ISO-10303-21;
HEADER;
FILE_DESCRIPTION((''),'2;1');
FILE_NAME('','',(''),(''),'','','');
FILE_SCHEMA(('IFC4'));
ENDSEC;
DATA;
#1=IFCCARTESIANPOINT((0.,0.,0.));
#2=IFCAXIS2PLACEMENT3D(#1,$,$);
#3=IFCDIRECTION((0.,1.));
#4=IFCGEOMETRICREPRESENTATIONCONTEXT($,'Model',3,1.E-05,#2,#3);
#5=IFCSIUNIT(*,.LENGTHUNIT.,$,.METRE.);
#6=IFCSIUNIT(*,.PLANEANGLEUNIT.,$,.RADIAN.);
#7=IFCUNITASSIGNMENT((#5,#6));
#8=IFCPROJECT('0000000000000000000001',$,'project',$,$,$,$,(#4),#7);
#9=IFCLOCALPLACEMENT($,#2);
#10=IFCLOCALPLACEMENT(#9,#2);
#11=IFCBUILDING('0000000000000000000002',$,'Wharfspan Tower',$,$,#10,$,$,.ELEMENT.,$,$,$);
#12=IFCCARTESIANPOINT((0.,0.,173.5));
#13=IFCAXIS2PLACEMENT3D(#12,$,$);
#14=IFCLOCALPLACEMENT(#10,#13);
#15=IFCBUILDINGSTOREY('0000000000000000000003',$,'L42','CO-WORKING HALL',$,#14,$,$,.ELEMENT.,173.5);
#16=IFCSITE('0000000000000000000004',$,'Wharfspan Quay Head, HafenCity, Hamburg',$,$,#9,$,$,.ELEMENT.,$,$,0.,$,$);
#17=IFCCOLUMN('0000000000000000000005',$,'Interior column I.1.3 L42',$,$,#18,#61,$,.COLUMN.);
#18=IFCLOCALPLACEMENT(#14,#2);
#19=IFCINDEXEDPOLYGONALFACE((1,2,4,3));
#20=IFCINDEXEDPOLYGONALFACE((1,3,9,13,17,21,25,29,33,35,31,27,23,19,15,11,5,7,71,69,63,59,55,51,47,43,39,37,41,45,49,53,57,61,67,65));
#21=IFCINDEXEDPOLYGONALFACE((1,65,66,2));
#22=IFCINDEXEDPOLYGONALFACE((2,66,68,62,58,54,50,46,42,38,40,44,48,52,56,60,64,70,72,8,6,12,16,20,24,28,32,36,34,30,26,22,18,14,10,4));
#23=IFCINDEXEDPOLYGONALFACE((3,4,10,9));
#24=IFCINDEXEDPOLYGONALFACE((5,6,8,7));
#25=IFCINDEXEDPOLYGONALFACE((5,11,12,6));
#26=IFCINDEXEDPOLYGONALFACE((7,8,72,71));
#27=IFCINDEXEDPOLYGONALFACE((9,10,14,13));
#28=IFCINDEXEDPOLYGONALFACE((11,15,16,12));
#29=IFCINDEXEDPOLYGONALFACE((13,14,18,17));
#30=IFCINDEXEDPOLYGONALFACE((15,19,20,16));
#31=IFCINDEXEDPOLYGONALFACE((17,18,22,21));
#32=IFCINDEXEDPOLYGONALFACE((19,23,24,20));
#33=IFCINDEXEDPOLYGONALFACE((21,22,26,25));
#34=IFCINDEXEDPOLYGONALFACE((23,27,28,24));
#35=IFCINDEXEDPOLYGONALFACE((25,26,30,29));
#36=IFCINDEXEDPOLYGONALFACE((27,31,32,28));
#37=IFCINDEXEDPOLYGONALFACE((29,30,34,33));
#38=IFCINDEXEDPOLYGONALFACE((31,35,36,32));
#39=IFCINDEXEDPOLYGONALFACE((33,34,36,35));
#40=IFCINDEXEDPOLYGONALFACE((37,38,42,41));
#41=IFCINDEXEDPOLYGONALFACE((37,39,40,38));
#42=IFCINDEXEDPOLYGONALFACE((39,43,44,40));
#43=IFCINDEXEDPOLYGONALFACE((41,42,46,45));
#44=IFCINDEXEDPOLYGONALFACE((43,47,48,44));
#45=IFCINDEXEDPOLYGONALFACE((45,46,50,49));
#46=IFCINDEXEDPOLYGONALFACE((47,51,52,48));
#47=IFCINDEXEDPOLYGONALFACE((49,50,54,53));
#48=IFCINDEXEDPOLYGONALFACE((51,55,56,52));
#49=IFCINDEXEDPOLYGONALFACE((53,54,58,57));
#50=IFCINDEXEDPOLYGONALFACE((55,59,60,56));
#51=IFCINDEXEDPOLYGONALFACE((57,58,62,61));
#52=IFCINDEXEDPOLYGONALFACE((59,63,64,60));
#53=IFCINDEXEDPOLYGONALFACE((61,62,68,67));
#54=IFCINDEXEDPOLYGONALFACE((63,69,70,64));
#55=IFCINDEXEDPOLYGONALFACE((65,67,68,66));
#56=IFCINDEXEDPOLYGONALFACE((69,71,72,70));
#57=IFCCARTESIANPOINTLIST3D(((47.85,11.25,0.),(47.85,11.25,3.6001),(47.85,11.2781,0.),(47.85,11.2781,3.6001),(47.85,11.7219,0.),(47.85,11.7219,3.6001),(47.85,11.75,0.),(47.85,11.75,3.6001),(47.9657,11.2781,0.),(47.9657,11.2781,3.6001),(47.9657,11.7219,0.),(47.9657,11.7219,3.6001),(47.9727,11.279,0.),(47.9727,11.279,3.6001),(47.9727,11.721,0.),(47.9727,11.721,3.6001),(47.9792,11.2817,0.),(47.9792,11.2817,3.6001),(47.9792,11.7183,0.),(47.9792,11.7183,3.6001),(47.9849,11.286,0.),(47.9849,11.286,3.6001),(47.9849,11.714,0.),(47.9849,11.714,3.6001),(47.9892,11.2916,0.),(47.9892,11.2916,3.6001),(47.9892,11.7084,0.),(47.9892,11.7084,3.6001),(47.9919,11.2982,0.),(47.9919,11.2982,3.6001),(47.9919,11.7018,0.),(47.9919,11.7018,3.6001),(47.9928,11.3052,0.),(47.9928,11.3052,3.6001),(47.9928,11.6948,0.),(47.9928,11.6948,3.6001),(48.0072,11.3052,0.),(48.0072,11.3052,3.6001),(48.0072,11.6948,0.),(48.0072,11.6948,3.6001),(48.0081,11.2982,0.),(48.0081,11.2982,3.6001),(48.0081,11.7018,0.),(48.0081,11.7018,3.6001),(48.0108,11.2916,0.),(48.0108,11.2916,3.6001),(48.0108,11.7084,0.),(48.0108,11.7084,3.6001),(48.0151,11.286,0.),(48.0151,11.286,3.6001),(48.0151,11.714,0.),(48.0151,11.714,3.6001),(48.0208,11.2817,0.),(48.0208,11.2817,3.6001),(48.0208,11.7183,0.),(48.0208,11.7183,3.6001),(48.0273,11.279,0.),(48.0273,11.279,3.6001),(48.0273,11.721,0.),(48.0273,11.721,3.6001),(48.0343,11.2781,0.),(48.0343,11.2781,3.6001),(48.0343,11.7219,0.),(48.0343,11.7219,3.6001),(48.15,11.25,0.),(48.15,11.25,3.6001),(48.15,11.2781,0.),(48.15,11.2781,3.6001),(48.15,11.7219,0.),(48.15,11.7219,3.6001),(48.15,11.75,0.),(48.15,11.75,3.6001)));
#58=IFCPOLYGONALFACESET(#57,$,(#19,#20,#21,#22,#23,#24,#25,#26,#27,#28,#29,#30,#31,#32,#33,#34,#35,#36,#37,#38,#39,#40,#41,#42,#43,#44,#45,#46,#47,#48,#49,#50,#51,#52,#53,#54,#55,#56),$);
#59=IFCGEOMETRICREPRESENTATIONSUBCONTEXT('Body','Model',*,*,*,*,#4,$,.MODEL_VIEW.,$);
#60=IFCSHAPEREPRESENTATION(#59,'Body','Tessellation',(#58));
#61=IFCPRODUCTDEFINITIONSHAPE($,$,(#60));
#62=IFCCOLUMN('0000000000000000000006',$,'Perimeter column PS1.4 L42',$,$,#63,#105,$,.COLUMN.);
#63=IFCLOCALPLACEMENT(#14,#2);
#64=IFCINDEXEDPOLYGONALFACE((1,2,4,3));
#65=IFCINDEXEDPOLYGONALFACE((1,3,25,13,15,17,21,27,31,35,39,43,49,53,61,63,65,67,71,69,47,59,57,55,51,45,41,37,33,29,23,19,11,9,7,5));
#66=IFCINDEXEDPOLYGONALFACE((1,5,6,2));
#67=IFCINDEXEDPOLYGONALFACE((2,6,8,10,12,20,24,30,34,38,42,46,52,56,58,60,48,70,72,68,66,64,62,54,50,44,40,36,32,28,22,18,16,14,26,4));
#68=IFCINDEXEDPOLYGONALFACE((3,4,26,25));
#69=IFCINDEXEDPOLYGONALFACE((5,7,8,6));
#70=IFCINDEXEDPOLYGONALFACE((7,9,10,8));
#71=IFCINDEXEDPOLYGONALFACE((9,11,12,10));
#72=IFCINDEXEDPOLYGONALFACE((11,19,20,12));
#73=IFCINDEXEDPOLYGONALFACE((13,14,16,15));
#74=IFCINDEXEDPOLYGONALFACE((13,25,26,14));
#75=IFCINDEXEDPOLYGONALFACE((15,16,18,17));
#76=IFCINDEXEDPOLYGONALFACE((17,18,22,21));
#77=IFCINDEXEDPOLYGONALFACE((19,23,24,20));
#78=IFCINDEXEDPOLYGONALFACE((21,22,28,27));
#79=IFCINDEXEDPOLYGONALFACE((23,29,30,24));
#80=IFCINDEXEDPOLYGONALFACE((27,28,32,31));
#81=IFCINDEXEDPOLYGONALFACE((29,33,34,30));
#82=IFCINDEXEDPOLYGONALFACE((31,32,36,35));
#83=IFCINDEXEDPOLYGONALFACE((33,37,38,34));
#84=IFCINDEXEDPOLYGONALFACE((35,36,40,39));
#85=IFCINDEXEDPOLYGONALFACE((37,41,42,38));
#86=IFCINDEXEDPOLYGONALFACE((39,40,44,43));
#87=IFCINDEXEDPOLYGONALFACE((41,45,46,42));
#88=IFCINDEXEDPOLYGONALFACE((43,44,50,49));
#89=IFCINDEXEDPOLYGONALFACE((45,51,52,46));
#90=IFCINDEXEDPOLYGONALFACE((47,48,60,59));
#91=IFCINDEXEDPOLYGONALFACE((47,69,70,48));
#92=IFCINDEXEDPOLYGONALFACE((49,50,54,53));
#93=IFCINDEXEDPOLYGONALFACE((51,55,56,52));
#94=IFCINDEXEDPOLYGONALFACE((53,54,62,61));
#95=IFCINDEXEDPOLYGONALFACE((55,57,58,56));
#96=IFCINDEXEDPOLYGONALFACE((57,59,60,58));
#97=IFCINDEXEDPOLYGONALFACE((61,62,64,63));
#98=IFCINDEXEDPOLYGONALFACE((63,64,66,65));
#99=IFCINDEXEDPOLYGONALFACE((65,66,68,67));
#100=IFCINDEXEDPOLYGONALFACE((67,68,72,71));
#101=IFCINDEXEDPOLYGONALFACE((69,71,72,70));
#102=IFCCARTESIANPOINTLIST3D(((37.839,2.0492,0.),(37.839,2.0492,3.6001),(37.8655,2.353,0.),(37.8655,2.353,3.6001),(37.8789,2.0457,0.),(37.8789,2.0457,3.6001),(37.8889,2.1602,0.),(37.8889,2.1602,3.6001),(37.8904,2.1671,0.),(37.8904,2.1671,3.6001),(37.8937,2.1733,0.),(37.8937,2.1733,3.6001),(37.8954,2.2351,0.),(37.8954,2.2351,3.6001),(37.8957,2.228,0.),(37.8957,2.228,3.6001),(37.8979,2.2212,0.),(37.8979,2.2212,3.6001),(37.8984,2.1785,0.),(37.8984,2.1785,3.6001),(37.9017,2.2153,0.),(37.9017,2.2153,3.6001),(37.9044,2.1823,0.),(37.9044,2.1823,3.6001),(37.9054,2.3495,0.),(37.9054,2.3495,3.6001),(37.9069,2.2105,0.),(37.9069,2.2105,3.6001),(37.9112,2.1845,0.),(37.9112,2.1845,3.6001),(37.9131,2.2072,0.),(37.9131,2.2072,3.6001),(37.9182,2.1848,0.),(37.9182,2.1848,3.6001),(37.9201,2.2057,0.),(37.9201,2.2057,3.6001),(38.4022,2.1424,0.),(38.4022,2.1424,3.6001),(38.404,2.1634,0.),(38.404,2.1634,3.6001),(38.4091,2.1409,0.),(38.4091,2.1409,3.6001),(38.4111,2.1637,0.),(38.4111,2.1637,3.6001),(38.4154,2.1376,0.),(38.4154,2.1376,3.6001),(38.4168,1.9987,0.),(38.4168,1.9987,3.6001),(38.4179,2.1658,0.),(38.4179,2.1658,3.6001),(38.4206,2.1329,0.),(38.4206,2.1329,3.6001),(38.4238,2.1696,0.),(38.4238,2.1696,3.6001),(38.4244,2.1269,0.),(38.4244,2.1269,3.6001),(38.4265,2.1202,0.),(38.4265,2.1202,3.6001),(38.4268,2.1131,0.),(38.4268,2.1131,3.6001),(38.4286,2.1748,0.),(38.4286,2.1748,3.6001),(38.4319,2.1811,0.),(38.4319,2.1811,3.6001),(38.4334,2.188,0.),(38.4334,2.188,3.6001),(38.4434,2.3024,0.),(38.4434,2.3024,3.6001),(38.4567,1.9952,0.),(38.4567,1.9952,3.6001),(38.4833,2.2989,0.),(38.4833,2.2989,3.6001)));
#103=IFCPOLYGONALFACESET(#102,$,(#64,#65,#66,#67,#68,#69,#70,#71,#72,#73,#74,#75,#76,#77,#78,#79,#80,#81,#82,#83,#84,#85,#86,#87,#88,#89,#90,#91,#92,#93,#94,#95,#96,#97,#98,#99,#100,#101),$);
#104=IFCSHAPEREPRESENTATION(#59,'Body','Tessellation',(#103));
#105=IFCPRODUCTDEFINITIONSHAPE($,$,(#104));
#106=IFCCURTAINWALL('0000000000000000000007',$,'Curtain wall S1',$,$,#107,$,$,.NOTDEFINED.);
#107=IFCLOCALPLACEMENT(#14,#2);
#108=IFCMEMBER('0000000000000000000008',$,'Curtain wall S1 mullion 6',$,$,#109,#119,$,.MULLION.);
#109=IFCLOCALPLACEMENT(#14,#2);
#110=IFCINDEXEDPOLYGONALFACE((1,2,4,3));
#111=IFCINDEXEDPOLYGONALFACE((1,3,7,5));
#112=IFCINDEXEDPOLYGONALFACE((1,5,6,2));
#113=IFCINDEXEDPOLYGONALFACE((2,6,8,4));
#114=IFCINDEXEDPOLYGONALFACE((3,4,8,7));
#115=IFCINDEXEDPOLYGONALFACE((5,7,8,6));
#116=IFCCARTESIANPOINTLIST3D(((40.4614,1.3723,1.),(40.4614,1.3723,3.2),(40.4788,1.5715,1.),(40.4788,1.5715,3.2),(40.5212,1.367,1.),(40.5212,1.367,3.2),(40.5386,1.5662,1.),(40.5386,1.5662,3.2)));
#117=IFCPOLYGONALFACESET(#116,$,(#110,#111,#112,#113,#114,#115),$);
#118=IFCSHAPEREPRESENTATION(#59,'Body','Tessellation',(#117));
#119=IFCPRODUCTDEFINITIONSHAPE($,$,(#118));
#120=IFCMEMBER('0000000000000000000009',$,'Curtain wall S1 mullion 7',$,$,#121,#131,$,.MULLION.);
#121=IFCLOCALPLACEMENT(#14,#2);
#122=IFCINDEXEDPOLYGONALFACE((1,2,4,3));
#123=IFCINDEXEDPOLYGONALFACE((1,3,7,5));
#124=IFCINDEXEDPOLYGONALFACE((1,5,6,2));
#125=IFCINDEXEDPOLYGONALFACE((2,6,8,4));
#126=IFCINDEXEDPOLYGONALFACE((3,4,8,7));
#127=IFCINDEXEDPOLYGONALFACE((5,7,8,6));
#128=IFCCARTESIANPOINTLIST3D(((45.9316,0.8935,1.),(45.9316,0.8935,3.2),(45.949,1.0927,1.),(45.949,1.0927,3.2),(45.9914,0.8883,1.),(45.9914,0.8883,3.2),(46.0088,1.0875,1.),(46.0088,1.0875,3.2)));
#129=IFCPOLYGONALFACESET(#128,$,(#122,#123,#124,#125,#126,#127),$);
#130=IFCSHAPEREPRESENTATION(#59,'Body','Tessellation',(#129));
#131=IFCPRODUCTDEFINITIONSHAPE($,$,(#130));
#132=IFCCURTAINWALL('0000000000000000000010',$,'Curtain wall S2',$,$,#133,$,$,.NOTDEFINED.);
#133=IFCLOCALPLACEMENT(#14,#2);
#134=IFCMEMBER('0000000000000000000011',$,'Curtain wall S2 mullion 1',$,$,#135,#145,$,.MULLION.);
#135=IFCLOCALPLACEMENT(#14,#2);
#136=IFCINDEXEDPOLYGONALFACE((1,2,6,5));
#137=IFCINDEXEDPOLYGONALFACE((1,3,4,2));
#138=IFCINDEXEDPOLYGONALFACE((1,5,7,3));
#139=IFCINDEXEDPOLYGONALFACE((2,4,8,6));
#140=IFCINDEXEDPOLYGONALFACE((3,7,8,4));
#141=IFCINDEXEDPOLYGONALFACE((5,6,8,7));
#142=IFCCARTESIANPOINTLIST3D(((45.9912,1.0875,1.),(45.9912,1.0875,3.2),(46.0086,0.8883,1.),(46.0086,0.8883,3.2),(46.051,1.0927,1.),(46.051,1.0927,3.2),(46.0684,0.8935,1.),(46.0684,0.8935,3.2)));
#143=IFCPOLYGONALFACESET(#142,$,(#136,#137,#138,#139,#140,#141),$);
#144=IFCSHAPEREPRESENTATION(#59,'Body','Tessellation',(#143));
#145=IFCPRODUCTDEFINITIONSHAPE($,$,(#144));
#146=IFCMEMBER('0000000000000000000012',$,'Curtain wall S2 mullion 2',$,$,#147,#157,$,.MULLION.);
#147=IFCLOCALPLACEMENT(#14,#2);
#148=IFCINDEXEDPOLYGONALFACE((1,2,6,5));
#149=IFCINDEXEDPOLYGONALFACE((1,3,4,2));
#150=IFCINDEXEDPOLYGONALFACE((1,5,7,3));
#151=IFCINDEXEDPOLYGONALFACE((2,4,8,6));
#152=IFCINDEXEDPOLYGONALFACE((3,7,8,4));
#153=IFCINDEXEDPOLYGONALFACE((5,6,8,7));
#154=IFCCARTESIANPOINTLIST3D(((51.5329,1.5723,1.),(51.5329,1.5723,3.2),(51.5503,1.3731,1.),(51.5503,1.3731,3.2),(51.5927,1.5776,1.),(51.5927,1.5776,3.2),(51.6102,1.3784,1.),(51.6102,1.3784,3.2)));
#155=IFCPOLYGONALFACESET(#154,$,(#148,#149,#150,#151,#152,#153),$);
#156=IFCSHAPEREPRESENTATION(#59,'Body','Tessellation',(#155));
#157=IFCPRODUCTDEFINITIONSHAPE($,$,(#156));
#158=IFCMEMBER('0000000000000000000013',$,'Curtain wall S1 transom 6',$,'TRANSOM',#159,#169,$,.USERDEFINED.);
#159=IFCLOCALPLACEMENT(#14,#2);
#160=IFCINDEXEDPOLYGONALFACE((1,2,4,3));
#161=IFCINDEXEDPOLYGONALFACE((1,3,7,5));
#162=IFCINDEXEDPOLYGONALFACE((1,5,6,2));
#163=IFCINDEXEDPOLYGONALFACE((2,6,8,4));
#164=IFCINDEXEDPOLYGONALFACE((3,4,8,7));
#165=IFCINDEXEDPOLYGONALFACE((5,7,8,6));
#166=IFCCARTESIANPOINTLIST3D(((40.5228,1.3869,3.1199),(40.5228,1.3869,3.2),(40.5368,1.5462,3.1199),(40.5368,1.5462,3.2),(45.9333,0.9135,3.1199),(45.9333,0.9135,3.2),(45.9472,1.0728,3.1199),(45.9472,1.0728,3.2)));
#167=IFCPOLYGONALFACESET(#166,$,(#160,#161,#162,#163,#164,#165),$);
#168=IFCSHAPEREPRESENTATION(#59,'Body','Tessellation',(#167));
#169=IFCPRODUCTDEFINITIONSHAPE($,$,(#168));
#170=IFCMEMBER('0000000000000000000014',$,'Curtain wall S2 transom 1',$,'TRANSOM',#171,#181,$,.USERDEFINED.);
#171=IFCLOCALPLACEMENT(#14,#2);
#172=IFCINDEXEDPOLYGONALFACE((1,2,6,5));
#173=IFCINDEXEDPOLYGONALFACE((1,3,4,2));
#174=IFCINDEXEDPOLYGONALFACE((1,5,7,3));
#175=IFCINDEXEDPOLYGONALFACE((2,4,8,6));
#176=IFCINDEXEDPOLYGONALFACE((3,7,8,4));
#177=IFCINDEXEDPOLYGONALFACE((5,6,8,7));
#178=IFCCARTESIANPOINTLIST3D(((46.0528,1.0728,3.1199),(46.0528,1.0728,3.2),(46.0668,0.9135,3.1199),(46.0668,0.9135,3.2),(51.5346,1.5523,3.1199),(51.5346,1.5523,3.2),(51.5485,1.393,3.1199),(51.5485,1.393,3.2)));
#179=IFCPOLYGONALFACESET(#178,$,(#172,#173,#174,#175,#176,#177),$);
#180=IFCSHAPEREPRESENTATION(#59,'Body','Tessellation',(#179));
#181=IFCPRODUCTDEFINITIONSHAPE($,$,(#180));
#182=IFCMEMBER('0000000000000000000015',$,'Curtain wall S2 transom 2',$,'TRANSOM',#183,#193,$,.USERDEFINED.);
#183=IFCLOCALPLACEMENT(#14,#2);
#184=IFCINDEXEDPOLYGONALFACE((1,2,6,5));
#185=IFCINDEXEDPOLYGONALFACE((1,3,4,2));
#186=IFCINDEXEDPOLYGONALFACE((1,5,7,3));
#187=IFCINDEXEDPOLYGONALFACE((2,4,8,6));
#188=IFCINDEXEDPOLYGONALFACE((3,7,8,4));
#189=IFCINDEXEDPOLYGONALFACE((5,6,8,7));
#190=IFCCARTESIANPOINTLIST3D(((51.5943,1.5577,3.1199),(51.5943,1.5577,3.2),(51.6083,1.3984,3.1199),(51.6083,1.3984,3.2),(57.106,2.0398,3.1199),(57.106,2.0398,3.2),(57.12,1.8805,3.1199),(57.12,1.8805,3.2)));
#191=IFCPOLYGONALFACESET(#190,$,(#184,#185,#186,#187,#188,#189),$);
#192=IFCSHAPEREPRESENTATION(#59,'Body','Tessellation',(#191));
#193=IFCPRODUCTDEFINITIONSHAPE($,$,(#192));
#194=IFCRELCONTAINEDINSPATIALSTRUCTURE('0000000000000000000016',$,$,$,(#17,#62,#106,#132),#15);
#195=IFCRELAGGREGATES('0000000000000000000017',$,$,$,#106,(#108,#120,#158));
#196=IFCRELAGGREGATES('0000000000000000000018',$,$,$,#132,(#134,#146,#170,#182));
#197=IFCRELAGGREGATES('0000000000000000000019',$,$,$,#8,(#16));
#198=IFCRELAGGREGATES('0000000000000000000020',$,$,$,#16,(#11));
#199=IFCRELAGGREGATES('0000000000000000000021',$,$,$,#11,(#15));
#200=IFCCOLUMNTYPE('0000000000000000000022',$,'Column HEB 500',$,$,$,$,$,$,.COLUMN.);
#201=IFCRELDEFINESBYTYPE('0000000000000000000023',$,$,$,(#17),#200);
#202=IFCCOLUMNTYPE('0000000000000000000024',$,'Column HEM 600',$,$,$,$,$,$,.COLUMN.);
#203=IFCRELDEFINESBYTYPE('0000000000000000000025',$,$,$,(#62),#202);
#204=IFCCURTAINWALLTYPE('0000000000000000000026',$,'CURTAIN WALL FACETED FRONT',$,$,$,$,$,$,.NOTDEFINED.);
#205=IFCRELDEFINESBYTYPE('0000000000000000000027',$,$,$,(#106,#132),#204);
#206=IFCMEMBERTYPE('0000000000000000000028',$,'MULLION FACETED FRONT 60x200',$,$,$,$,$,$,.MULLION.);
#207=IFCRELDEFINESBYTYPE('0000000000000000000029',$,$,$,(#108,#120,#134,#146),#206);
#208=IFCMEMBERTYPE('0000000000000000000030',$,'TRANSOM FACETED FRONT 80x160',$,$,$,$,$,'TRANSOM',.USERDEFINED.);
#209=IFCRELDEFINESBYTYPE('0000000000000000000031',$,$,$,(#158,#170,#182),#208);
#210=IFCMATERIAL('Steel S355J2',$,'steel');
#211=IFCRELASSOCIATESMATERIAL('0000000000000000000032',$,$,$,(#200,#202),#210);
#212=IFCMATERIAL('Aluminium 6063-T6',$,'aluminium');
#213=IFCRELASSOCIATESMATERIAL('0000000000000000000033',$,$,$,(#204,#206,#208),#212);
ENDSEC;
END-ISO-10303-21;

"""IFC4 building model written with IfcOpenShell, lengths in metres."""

from ifc_helpers import new_model, si_unit, direction, frame, origin, origin_2d, place, context, subcontext, project, spatial, rectangle, i_section, extrude, material, material_profile, profile_set, type_object, element, aggregate, save


model = new_model("IFC4")

# Units and contexts
model_context = context("Model", 3, precision=1e-05, world=origin(), true_north=direction((0.0, 1.0)))
body_context = subcontext(model_context, "Body", "Model", "MODEL_VIEW")
ifc_project = project(units=[si_unit("LENGTHUNIT", "METRE"), si_unit("PLANEANGLEUNIT", "RADIAN")], contexts=[model_context])

# Site, building, storey
site_placement = place(None, origin())
site = spatial("IfcSite", under=ifc_project, at=site_placement, Name="Wharfspan Quay Head, HafenCity, Hamburg", CompositionType="ELEMENT", RefElevation=0.0)
building_placement = place(site_placement, origin())
building = spatial("IfcBuilding", under=site, at=building_placement, Name="Wharfspan Tower", CompositionType="ELEMENT")
storey_placement = place(building_placement, frame((0.0, 0.0, 173.5)))
storey = spatial("IfcBuildingStorey", under=building, at=storey_placement, Name="L42", Description="CO-WORKING HALL", CompositionType="ELEMENT", Elevation=173.5)

# Columns
ifc_material_1 = material(Name="Steel S355J2", Category="steel")
ifc_material_profile_1 = material_profile(ifc_material_1, i_section(OverallWidth=0.3, OverallDepth=0.5, WebThickness=0.0144, FlangeThickness=0.0281, FilletRadius=0.0271, at=origin_2d()))
ifc_profile_set_1 = profile_set([ifc_material_profile_1], Name="Steel S355J2")
column_type_1 = type_object("IfcColumnType", Name="Column HEB 500", PredefinedType="COLUMN", material=ifc_profile_set_1)
column_1_placement = place(storey_placement, frame((48.0, 11.5, 0.0), z_axis=(0.0, 0.0, 1.0), x_axis=(1.0, 0.0, 0.0)))
element("IfcColumn", 1, at=column_1_placement, inside=storey, type_object=column_type_1, Name="Interior column I.1.3 L42", PredefinedType="COLUMN", context=body_context, shape_type="SweptSolid", body=[
    extrude(i_section(OverallWidth=0.3, OverallDepth=0.5, WebThickness=0.0144, FlangeThickness=0.0281, FilletRadius=0.0271, at=origin_2d()), origin(), (0.0, 0.0, 1.0), 3.6001),
])
ifc_material_profile_2 = material_profile(ifc_material_1, i_section(OverallWidth=0.3049, OverallDepth=0.6201, WebThickness=0.021, FlangeThickness=0.04, FilletRadius=0.0271, at=origin_2d()))
ifc_profile_set_2 = profile_set([ifc_material_profile_2], Name="Steel S355J2")
column_type_2 = type_object("IfcColumnType", Name="Column HEM 600", PredefinedType="COLUMN", material=ifc_profile_set_2)
column_2_placement = place(storey_placement, frame((38.1611, 2.1741, 0.0), z_axis=(0.0, 0.0, 1.0), x_axis=(-0.087156, -0.996198, 0.0)))
element("IfcColumn", 2, at=column_2_placement, inside=storey, type_object=column_type_2, Name="Perimeter column PS1.4 L42", PredefinedType="COLUMN", context=body_context, shape_type="SweptSolid", body=[
    extrude(i_section(OverallWidth=0.3049, OverallDepth=0.6201, WebThickness=0.021, FlangeThickness=0.04, FilletRadius=0.0271, at=origin_2d()), origin(), (0.0, 0.0, 1.0), 3.6001),
])

# Curtain walls, members
ifc_material_2 = material(Name="Aluminium 6063-T6", Category="aluminium")
curtain_wall_type = type_object("IfcCurtainWallType", Name="CURTAIN WALL FACETED FRONT", PredefinedType="NOTDEFINED", material=ifc_material_2)
curtain_wall_1_placement = place(storey_placement, origin())
curtain_wall_1 = element("IfcCurtainWall", 3, at=curtain_wall_1_placement, inside=storey, type_object=curtain_wall_type, Name="Curtain wall S1", PredefinedType="NOTDEFINED")
ifc_material_profile_3 = material_profile(ifc_material_2, rectangle(XDim=0.2, YDim=0.0601, at=origin_2d()))
ifc_profile_set_3 = profile_set([ifc_material_profile_3], Name="Aluminium 6063-T6")
member_type_1 = type_object("IfcMemberType", Name="MULLION FACETED FRONT 60x200", PredefinedType="MULLION", material=ifc_profile_set_3)
member_1_placement = place(storey_placement, frame((40.5, 1.4692, 1.0), z_axis=(0.0, 0.0, 1.0), x_axis=(0.087156, 0.996198, 0.0)))
member_1 = element("IfcMember", 4, at=member_1_placement, type_object=member_type_1, Name="Curtain wall S1 mullion 6", PredefinedType="MULLION", context=body_context, shape_type="SweptSolid", body=[
    extrude(rectangle(XDim=0.2, YDim=0.0601, at=origin_2d()), origin(), (0.0, 0.0, 1.0), 2.2),
])
member_2_placement = place(storey_placement, frame((45.9702, 0.9905, 1.0), z_axis=(0.0, 0.0, 1.0), x_axis=(0.087156, 0.996198, 0.0)))
member_2 = element("IfcMember", 5, at=member_2_placement, type_object=member_type_1, Name="Curtain wall S1 mullion 7", PredefinedType="MULLION", context=body_context, shape_type="SweptSolid", body=[
    extrude(rectangle(XDim=0.2, YDim=0.0601, at=origin_2d()), origin(), (0.0, 0.0, 1.0), 2.2),
])
curtain_wall_2_placement = place(storey_placement, origin())
curtain_wall_2 = element("IfcCurtainWall", 6, at=curtain_wall_2_placement, inside=storey, type_object=curtain_wall_type, Name="Curtain wall S2", PredefinedType="NOTDEFINED")
member_3_placement = place(storey_placement, frame((46.0298, 0.9905, 1.0), z_axis=(0.0, 0.0, 1.0), x_axis=(-0.087156, 0.996198, 0.0)))
member_3 = element("IfcMember", 7, at=member_3_placement, type_object=member_type_1, Name="Curtain wall S2 mullion 1", PredefinedType="MULLION", context=body_context, shape_type="SweptSolid", body=[
    extrude(rectangle(XDim=0.2, YDim=0.0601, at=origin_2d()), origin(), (0.0, 0.0, 1.0), 2.2),
])
member_4_placement = place(storey_placement, frame((51.5715, 1.4753, 1.0), z_axis=(0.0, 0.0, 1.0), x_axis=(-0.087156, 0.996198, 0.0)))
member_4 = element("IfcMember", 8, at=member_4_placement, type_object=member_type_1, Name="Curtain wall S2 mullion 2", PredefinedType="MULLION", context=body_context, shape_type="SweptSolid", body=[
    extrude(rectangle(XDim=0.2, YDim=0.0601, at=origin_2d()), origin(), (0.0, 0.0, 1.0), 2.2),
])

# Members
ifc_material_profile_4 = material_profile(ifc_material_2, rectangle(XDim=0.1599, YDim=0.0801, at=origin_2d()))
ifc_profile_set_4 = profile_set([ifc_material_profile_4], Name="Aluminium 6063-T6")
member_type_2 = type_object("IfcMemberType", Name="TRANSOM FACETED FRONT 80x160", ElementType="TRANSOM", PredefinedType="USERDEFINED", material=ifc_profile_set_4)
member_5_placement = place(storey_placement, frame((40.5298, 1.4666, 3.1599), z_axis=(0.996194, -0.087163, 0.0), x_axis=(0.087163, 0.996194, 0.0)))
member_5 = element("IfcMember", 9, at=member_5_placement, type_object=member_type_2, Name="Curtain wall S1 transom 6", ObjectType="TRANSOM", PredefinedType="USERDEFINED", context=body_context, shape_type="SweptSolid", body=[
    extrude(rectangle(XDim=0.1599, YDim=0.0801, at=origin_2d()), origin(), (0.0, 0.0, 1.0), 5.4312),
])
member_6_placement = place(storey_placement, frame((46.0598, 0.9932, 3.1599), z_axis=(0.996196, 0.087139, 0.0), x_axis=(-0.087139, 0.996196, 0.0)))
member_6 = element("IfcMember", 10, at=member_6_placement, type_object=member_type_2, Name="Curtain wall S2 transom 1", ObjectType="TRANSOM", PredefinedType="USERDEFINED", context=body_context, shape_type="SweptSolid", body=[
    extrude(rectangle(XDim=0.1599, YDim=0.0801, at=origin_2d()), origin(), (0.0, 0.0, 1.0), 5.5027),
])
member_7_placement = place(storey_placement, frame((51.6013, 1.478, 3.1599), z_axis=(0.996195, 0.087149, 0.0), x_axis=(-0.087149, 0.996195, 0.0)))
member_7 = element("IfcMember", 11, at=member_7_placement, type_object=member_type_2, Name="Curtain wall S2 transom 2", ObjectType="TRANSOM", PredefinedType="USERDEFINED", context=body_context, shape_type="SweptSolid", body=[
    extrude(rectangle(XDim=0.1599, YDim=0.0801, at=origin_2d()), origin(), (0.0, 0.0, 1.0), 5.5327),
])

aggregate(curtain_wall_1, [member_1, member_2, member_5])
aggregate(curtain_wall_2, [member_3, member_4, member_6, member_7])

save(model, "model.ifc")
